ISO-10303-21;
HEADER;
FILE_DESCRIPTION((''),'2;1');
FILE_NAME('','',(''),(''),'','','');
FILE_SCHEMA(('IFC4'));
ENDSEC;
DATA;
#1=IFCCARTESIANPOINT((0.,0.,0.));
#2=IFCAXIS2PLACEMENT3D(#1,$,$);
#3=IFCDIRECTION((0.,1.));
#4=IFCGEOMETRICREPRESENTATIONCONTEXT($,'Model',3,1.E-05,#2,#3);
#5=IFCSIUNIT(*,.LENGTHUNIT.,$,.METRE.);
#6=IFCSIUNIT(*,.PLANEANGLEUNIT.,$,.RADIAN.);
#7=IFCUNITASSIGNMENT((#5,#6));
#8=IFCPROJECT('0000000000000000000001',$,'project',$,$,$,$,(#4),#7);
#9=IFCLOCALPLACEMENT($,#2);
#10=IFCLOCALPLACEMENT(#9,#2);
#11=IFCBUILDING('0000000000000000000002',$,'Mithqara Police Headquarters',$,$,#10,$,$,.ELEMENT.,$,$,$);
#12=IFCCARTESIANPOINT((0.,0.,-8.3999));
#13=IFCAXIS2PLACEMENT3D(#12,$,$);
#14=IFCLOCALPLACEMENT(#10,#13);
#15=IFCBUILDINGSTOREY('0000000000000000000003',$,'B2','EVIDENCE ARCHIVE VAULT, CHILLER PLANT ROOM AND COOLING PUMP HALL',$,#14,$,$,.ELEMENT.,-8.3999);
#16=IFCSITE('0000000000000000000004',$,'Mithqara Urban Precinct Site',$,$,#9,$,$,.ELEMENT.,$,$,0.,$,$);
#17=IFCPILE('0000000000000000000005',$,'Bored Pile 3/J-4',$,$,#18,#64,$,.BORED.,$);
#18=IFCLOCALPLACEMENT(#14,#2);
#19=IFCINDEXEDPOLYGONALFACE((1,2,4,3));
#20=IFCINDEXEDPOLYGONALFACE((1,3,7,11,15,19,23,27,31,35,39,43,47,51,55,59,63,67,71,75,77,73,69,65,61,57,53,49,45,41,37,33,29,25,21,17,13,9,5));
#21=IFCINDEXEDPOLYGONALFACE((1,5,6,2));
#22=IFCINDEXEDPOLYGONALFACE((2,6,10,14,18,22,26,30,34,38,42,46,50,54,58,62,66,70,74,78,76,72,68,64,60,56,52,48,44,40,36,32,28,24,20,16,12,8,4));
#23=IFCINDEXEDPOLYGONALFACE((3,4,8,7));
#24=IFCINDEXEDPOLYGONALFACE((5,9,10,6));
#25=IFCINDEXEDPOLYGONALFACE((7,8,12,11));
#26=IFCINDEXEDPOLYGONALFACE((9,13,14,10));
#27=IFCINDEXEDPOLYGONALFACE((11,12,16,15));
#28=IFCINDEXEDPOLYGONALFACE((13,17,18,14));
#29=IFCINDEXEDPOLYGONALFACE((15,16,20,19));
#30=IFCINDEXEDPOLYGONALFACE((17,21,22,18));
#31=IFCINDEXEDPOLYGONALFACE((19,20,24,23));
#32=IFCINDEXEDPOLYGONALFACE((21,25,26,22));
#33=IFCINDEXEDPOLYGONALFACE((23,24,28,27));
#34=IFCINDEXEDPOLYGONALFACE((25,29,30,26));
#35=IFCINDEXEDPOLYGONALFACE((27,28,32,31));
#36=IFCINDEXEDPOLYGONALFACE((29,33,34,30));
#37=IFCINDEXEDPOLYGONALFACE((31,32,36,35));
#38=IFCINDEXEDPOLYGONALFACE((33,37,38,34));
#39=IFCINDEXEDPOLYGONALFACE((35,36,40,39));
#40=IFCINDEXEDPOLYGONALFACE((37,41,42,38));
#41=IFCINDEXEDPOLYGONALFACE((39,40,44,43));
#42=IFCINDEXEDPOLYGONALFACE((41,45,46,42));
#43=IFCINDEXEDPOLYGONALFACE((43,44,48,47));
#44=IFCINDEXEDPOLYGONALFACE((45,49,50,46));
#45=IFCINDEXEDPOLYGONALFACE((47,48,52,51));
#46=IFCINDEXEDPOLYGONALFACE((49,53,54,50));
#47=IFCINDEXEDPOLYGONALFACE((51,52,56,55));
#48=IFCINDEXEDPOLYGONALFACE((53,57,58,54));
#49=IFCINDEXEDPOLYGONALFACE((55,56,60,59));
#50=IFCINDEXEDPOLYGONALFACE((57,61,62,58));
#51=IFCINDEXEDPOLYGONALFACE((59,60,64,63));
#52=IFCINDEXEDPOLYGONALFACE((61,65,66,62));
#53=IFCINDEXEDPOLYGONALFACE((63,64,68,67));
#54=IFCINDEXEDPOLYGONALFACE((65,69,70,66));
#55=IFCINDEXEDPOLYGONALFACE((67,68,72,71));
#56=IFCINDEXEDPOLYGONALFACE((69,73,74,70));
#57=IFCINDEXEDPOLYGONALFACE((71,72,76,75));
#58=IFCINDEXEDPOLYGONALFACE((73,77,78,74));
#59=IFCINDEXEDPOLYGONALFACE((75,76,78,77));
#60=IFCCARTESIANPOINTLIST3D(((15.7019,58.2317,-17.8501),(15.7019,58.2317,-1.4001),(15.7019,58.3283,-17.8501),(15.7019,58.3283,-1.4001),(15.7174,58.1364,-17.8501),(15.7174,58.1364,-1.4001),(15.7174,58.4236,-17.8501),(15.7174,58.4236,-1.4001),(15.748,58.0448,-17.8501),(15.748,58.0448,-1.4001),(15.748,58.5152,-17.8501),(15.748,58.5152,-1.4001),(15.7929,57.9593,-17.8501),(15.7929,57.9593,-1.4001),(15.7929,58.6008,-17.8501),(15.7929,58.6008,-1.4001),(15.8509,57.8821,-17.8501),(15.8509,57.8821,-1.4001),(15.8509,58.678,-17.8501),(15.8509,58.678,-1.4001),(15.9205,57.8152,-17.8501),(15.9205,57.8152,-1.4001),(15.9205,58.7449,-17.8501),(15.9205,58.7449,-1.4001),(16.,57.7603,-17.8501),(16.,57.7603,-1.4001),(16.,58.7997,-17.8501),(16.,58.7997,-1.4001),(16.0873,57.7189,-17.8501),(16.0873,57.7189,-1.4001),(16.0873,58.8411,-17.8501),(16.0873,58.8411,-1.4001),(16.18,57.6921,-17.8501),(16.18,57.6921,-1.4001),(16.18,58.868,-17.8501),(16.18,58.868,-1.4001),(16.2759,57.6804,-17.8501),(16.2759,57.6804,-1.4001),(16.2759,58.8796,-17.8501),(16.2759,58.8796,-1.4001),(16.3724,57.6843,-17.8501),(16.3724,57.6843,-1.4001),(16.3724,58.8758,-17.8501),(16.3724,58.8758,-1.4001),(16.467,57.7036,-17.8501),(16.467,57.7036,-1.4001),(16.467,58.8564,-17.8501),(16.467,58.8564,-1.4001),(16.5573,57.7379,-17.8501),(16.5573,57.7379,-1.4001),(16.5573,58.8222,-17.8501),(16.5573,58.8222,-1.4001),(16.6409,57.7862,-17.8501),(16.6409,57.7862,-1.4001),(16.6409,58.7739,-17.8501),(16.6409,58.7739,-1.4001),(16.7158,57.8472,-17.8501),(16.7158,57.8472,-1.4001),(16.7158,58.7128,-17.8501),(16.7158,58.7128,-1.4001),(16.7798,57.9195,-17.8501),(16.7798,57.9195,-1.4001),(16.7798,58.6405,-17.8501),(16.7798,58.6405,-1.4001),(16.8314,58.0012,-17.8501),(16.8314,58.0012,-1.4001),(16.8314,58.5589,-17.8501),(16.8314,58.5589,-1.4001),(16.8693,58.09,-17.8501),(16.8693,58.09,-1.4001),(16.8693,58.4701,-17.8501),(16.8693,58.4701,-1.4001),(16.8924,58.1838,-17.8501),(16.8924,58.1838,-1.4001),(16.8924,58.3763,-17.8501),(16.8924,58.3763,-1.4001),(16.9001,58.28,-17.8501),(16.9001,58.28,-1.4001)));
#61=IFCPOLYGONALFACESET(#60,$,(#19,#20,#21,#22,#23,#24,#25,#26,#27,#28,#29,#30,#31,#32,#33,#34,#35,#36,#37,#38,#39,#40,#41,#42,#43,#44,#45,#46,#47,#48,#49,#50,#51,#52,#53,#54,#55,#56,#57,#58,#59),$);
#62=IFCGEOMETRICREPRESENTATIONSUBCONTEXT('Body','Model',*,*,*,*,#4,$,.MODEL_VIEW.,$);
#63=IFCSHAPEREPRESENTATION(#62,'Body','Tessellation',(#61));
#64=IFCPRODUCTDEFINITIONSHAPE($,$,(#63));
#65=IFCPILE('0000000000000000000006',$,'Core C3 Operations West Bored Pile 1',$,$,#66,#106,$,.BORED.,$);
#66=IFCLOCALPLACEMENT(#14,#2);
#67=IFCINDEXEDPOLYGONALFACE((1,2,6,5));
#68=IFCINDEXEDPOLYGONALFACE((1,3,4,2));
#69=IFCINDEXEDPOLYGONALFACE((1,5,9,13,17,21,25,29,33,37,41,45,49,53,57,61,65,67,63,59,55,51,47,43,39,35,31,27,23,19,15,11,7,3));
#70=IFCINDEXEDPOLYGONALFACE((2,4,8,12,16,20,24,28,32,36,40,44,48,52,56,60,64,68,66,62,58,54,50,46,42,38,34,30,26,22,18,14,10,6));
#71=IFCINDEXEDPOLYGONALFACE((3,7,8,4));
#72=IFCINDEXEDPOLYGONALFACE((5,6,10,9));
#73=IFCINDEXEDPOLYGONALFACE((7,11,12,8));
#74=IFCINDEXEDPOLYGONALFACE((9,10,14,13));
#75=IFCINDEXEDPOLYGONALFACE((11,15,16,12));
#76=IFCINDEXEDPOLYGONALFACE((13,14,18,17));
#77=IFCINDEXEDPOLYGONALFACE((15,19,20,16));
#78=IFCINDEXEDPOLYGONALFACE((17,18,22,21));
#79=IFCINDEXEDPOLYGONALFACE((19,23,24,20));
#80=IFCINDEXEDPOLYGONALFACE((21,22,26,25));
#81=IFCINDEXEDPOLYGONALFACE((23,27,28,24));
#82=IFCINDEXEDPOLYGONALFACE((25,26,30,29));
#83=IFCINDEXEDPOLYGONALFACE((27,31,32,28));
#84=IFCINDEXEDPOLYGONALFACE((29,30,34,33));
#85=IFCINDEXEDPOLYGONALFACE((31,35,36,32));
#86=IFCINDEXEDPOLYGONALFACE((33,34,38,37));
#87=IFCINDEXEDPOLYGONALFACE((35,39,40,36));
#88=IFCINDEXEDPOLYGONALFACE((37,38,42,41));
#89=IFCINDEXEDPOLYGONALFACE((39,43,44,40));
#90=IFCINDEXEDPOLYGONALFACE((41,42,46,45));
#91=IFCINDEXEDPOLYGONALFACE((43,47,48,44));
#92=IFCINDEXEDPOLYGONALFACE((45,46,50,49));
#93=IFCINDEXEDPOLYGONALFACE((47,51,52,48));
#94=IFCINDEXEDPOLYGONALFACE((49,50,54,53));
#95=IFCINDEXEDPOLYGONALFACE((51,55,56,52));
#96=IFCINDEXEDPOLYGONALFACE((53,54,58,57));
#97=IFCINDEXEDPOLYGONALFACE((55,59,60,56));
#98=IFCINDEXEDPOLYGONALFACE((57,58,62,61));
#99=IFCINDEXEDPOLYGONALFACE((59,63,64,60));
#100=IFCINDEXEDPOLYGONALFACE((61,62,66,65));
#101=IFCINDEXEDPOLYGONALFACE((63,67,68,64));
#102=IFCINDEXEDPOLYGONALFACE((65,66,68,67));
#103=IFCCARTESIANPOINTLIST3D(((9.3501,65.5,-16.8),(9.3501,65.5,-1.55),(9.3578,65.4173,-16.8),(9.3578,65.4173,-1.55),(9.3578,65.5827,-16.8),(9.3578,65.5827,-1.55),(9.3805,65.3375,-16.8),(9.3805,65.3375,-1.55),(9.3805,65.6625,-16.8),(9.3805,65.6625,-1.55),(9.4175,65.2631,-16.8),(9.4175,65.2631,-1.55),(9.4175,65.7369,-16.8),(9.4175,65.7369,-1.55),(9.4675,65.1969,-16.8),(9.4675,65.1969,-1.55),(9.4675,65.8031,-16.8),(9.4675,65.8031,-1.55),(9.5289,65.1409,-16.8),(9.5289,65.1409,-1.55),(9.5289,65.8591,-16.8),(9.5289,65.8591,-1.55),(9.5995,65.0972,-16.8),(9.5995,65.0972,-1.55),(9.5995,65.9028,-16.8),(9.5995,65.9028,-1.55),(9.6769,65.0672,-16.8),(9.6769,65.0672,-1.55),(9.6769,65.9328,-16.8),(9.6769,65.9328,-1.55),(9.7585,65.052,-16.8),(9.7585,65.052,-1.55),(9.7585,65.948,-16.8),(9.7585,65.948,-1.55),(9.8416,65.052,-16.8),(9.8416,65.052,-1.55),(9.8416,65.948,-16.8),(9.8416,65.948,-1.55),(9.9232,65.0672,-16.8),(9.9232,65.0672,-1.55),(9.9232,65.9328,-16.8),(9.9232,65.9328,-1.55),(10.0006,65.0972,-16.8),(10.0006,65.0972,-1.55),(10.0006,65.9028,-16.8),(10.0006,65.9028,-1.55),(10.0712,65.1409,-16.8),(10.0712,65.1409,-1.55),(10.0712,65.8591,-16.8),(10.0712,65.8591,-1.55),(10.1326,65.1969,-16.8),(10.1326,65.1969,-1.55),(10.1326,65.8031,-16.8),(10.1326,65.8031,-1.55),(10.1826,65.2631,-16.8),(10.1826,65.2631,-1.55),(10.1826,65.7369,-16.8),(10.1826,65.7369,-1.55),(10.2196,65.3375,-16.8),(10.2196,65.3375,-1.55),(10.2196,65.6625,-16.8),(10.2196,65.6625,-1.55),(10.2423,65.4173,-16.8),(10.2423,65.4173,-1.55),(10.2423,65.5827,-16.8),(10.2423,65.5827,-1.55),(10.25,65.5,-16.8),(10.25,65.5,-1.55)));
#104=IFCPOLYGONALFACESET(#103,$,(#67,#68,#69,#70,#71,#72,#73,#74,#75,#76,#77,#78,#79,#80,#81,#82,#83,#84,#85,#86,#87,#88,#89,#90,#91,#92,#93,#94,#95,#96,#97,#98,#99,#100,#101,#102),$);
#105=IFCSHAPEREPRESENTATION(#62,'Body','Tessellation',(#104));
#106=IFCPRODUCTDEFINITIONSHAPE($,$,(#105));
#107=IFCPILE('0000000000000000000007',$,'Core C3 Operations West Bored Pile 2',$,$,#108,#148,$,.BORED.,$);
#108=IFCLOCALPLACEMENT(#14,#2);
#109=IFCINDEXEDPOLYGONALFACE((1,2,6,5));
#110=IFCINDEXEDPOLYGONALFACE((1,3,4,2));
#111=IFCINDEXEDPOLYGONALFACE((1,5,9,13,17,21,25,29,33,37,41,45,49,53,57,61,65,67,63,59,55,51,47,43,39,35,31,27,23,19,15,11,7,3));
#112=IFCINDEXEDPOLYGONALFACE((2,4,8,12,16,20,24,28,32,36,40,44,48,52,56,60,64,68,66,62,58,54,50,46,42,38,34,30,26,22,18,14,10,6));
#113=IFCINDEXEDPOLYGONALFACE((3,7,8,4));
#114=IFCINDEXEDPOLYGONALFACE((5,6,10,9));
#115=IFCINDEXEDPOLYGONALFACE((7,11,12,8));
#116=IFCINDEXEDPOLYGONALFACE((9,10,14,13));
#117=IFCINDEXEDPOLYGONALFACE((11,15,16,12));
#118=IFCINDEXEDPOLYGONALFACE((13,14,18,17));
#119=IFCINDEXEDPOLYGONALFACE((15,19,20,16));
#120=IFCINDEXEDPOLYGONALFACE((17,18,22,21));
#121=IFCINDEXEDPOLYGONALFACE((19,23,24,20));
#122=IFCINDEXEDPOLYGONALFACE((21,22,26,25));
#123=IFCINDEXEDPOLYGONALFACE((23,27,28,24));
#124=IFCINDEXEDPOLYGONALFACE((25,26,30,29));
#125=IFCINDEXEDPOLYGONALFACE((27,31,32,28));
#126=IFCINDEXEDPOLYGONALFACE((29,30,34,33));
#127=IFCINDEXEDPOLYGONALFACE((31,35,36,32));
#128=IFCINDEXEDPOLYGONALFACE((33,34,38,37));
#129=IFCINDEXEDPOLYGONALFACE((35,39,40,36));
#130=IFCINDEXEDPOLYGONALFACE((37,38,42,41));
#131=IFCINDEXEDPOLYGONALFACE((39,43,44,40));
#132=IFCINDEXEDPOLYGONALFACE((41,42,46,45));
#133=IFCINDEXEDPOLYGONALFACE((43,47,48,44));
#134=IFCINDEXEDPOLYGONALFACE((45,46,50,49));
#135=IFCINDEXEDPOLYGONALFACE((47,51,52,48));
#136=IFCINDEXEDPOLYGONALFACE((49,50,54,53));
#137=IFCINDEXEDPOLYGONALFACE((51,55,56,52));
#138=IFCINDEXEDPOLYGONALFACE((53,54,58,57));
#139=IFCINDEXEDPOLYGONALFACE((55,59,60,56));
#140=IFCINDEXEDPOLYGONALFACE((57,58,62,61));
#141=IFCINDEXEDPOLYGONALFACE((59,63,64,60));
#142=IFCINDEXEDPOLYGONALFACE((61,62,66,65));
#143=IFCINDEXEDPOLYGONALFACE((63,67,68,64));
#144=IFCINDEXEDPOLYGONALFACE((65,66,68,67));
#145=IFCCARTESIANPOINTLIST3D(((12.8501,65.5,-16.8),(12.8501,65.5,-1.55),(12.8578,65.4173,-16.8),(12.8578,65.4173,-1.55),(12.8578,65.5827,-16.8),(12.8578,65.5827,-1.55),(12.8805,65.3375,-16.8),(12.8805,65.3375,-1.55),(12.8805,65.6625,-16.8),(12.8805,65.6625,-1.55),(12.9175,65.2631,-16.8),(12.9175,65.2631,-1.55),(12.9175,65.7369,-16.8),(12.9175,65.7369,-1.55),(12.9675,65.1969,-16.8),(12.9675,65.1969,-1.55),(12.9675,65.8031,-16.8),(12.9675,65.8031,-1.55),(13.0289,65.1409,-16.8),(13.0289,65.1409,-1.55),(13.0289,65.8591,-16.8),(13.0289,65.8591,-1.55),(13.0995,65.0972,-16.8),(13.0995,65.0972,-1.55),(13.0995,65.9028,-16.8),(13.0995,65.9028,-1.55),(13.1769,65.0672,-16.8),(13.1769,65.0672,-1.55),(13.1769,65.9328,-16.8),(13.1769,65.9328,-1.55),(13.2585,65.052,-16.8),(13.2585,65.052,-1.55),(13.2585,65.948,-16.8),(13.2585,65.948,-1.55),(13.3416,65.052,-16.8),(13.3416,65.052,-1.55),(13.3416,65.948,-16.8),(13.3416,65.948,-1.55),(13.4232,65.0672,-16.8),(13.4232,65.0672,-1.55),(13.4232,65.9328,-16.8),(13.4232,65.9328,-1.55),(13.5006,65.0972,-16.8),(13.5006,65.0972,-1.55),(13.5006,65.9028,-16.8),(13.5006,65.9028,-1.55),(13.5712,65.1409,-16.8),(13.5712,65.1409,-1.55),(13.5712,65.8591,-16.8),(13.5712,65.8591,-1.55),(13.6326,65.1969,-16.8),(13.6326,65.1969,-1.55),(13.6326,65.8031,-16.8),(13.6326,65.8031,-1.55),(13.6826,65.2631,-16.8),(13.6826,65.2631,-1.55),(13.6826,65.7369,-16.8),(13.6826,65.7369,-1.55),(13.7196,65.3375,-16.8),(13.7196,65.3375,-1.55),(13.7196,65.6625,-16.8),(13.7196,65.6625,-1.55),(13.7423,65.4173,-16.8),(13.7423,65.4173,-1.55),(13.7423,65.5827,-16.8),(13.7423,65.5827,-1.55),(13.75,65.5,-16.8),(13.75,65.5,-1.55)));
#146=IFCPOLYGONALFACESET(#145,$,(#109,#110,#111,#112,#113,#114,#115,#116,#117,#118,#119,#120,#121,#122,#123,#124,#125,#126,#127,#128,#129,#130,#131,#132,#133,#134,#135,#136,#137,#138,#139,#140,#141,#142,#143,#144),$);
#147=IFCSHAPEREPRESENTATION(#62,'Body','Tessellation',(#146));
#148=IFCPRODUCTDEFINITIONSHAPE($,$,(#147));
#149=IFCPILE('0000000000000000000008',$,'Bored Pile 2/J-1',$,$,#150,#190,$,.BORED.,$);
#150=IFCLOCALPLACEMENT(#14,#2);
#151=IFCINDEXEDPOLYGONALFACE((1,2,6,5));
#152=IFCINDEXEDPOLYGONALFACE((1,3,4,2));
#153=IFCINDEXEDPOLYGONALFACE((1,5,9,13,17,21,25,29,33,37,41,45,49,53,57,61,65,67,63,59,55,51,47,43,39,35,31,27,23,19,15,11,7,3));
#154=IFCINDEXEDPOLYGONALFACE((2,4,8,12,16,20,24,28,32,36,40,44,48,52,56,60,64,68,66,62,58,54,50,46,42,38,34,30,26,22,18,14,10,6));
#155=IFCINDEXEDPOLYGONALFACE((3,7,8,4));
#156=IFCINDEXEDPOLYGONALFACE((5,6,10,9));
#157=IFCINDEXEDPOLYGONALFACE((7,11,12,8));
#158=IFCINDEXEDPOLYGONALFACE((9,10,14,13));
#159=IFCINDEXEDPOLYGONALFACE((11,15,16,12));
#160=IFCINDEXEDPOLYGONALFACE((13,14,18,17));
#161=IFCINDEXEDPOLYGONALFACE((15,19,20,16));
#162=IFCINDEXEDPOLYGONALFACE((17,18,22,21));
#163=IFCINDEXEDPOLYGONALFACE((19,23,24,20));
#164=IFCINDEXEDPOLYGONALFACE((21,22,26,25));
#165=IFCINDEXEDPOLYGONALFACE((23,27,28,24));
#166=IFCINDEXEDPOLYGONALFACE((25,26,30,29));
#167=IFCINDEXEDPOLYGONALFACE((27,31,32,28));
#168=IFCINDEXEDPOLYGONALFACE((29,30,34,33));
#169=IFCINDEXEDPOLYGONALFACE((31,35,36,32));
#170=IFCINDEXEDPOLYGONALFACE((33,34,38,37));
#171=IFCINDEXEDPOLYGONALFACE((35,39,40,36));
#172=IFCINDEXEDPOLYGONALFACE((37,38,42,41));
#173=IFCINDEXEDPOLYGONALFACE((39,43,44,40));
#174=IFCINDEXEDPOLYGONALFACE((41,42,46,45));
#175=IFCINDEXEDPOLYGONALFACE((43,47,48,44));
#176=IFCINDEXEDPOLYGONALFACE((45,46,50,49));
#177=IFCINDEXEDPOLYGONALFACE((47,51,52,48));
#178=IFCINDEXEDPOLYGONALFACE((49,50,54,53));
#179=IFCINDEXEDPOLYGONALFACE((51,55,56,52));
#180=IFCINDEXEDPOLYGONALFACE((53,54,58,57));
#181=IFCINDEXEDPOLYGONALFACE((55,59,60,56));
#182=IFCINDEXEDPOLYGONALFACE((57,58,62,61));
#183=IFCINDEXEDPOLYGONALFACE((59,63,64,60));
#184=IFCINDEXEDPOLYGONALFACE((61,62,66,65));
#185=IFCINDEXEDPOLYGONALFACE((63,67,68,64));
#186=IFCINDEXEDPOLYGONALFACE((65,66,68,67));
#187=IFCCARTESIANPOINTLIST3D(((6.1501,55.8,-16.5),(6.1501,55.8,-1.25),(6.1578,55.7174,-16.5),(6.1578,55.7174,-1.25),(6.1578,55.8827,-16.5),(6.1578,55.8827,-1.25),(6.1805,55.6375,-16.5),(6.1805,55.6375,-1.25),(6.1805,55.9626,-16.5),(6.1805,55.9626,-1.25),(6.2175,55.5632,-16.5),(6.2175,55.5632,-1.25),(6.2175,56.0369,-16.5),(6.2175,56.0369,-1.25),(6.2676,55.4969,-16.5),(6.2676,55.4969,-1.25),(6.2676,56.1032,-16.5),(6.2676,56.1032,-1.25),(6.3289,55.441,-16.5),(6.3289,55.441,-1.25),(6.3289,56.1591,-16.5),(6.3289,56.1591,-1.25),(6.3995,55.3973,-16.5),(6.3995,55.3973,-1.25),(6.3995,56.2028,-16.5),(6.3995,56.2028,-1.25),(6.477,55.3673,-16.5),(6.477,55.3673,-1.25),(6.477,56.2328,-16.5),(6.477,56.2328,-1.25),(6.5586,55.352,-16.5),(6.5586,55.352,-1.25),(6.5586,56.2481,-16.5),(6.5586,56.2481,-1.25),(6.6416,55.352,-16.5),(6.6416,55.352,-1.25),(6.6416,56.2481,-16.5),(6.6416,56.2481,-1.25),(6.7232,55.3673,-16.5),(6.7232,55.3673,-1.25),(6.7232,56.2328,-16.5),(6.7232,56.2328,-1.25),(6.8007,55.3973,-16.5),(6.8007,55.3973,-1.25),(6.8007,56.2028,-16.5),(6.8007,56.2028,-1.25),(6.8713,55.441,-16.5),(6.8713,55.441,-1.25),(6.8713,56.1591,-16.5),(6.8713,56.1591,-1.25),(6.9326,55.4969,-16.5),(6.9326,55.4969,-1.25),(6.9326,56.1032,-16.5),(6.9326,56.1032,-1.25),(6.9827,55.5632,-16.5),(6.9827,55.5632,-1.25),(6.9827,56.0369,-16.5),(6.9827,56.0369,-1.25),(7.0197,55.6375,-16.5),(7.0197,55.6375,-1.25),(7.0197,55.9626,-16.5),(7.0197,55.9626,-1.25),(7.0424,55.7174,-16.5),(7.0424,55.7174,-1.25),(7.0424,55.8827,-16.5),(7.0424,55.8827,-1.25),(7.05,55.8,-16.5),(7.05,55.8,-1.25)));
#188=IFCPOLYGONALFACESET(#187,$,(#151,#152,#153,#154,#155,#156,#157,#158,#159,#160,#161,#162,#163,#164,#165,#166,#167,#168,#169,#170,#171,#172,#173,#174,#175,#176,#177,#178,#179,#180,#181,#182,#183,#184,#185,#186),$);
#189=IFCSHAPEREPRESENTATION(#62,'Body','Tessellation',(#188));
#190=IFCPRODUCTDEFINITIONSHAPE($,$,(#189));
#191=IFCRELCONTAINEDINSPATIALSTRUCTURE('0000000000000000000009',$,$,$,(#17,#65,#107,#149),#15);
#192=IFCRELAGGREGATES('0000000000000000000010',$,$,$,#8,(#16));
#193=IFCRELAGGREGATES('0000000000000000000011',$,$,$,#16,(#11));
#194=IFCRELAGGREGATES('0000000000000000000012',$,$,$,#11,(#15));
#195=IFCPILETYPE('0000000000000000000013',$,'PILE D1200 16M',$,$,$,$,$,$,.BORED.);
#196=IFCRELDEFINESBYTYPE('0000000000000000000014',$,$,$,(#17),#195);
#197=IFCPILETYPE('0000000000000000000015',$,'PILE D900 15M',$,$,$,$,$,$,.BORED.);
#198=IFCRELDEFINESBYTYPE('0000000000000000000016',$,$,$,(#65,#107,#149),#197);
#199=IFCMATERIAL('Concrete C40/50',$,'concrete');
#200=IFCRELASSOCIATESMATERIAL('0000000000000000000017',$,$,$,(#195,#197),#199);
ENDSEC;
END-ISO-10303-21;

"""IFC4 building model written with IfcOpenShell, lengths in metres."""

from ifc_helpers import new_model, si_unit, direction, frame, origin, origin_2d, place, context, subcontext, project, spatial, circle, extrude, material, material_profile, profile_set, type_object, element, save


model = new_model("IFC4")

# Units and contexts
model_context = context("Model", 3, precision=1e-05, world=origin(), true_north=direction((0.0, 1.0)))
body_context = subcontext(model_context, "Body", "Model", "MODEL_VIEW")
ifc_project = project(units=[si_unit("LENGTHUNIT", "METRE"), si_unit("PLANEANGLEUNIT", "RADIAN")], contexts=[model_context])

# Site, building, storey
site_placement = place(None, origin())
site = spatial("IfcSite", under=ifc_project, at=site_placement, Name="Mithqara Urban Precinct Site", CompositionType="ELEMENT", RefElevation=0.0)
building_placement = place(site_placement, origin())
building = spatial("IfcBuilding", under=site, at=building_placement, Name="Mithqara Police Headquarters", CompositionType="ELEMENT")
storey_placement = place(building_placement, frame((0.0, 0.0, -8.3999)))
storey = spatial("IfcBuildingStorey", under=building, at=storey_placement, Name="B2", Description="EVIDENCE ARCHIVE VAULT, CHILLER PLANT ROOM AND COOLING PUMP HALL", CompositionType="ELEMENT", Elevation=-8.3999)

# Shared definitions
ifc_material_1 = material(Name="Concrete C40/50", Category="concrete")

# Piles
ifc_material_profile_1 = material_profile(ifc_material_1, circle(Radius=0.6001, at=origin_2d()), Name="PILE D1200")
ifc_profile_set_1 = profile_set([ifc_material_profile_1], Name="Concrete C40/50")
pile_type_1 = type_object("IfcPileType", Name="PILE D1200 16M", PredefinedType="BORED", material=ifc_profile_set_1)
for number, where, z_axis, x_axis, name in (
    (1, (16.3, 58.28, -1.4001), (0.0, 0.0, -1.0), (1.0, 0.0, 0.0), "Bored Pile 3/J-4"),
):
    element("IfcPile", number, at=place(storey_placement, frame(where, z_axis=z_axis, x_axis=x_axis)), inside=storey, type_object=pile_type_1, Name=name, PredefinedType="BORED", context=body_context, shape_type="SweptSolid", body=[
        extrude(circle(Radius=0.6001, at=origin_2d()), origin(), (0.0, 0.0, 1.0), 16.45),
    ])
ifc_material_profile_2 = material_profile(ifc_material_1, circle(Radius=0.45, at=origin_2d()), Name="PILE D900")
ifc_profile_set_2 = profile_set([ifc_material_profile_2], Name="Concrete C40/50")
pile_type_2 = type_object("IfcPileType", Name="PILE D900 15M", PredefinedType="BORED", material=ifc_profile_set_2)
for number, where, z_axis, x_axis, name in (
    (2, (9.8, 65.5, -1.55), (0.0, 0.0, -1.0), (1.0, 0.0, 0.0), "Core C3 Operations West Bored Pile 1"),
    (3, (13.3, 65.5, -1.55), (0.0, 0.0, -1.0), (1.0, 0.0, 0.0), "Core C3 Operations West Bored Pile 2"),
    (4, (6.6001, 55.8, -1.25), (0.0, 0.0, -1.0), (1.0, 0.0, 0.0), "Bored Pile 2/J-1"),
):
    element("IfcPile", number, at=place(storey_placement, frame(where, z_axis=z_axis, x_axis=x_axis)), inside=storey, type_object=pile_type_2, Name=name, PredefinedType="BORED", context=body_context, shape_type="SweptSolid", body=[
        extrude(circle(Radius=0.45, at=origin_2d()), origin(), (0.0, 0.0, 1.0), 15.25),
    ])

save(model, "model.ifc")
